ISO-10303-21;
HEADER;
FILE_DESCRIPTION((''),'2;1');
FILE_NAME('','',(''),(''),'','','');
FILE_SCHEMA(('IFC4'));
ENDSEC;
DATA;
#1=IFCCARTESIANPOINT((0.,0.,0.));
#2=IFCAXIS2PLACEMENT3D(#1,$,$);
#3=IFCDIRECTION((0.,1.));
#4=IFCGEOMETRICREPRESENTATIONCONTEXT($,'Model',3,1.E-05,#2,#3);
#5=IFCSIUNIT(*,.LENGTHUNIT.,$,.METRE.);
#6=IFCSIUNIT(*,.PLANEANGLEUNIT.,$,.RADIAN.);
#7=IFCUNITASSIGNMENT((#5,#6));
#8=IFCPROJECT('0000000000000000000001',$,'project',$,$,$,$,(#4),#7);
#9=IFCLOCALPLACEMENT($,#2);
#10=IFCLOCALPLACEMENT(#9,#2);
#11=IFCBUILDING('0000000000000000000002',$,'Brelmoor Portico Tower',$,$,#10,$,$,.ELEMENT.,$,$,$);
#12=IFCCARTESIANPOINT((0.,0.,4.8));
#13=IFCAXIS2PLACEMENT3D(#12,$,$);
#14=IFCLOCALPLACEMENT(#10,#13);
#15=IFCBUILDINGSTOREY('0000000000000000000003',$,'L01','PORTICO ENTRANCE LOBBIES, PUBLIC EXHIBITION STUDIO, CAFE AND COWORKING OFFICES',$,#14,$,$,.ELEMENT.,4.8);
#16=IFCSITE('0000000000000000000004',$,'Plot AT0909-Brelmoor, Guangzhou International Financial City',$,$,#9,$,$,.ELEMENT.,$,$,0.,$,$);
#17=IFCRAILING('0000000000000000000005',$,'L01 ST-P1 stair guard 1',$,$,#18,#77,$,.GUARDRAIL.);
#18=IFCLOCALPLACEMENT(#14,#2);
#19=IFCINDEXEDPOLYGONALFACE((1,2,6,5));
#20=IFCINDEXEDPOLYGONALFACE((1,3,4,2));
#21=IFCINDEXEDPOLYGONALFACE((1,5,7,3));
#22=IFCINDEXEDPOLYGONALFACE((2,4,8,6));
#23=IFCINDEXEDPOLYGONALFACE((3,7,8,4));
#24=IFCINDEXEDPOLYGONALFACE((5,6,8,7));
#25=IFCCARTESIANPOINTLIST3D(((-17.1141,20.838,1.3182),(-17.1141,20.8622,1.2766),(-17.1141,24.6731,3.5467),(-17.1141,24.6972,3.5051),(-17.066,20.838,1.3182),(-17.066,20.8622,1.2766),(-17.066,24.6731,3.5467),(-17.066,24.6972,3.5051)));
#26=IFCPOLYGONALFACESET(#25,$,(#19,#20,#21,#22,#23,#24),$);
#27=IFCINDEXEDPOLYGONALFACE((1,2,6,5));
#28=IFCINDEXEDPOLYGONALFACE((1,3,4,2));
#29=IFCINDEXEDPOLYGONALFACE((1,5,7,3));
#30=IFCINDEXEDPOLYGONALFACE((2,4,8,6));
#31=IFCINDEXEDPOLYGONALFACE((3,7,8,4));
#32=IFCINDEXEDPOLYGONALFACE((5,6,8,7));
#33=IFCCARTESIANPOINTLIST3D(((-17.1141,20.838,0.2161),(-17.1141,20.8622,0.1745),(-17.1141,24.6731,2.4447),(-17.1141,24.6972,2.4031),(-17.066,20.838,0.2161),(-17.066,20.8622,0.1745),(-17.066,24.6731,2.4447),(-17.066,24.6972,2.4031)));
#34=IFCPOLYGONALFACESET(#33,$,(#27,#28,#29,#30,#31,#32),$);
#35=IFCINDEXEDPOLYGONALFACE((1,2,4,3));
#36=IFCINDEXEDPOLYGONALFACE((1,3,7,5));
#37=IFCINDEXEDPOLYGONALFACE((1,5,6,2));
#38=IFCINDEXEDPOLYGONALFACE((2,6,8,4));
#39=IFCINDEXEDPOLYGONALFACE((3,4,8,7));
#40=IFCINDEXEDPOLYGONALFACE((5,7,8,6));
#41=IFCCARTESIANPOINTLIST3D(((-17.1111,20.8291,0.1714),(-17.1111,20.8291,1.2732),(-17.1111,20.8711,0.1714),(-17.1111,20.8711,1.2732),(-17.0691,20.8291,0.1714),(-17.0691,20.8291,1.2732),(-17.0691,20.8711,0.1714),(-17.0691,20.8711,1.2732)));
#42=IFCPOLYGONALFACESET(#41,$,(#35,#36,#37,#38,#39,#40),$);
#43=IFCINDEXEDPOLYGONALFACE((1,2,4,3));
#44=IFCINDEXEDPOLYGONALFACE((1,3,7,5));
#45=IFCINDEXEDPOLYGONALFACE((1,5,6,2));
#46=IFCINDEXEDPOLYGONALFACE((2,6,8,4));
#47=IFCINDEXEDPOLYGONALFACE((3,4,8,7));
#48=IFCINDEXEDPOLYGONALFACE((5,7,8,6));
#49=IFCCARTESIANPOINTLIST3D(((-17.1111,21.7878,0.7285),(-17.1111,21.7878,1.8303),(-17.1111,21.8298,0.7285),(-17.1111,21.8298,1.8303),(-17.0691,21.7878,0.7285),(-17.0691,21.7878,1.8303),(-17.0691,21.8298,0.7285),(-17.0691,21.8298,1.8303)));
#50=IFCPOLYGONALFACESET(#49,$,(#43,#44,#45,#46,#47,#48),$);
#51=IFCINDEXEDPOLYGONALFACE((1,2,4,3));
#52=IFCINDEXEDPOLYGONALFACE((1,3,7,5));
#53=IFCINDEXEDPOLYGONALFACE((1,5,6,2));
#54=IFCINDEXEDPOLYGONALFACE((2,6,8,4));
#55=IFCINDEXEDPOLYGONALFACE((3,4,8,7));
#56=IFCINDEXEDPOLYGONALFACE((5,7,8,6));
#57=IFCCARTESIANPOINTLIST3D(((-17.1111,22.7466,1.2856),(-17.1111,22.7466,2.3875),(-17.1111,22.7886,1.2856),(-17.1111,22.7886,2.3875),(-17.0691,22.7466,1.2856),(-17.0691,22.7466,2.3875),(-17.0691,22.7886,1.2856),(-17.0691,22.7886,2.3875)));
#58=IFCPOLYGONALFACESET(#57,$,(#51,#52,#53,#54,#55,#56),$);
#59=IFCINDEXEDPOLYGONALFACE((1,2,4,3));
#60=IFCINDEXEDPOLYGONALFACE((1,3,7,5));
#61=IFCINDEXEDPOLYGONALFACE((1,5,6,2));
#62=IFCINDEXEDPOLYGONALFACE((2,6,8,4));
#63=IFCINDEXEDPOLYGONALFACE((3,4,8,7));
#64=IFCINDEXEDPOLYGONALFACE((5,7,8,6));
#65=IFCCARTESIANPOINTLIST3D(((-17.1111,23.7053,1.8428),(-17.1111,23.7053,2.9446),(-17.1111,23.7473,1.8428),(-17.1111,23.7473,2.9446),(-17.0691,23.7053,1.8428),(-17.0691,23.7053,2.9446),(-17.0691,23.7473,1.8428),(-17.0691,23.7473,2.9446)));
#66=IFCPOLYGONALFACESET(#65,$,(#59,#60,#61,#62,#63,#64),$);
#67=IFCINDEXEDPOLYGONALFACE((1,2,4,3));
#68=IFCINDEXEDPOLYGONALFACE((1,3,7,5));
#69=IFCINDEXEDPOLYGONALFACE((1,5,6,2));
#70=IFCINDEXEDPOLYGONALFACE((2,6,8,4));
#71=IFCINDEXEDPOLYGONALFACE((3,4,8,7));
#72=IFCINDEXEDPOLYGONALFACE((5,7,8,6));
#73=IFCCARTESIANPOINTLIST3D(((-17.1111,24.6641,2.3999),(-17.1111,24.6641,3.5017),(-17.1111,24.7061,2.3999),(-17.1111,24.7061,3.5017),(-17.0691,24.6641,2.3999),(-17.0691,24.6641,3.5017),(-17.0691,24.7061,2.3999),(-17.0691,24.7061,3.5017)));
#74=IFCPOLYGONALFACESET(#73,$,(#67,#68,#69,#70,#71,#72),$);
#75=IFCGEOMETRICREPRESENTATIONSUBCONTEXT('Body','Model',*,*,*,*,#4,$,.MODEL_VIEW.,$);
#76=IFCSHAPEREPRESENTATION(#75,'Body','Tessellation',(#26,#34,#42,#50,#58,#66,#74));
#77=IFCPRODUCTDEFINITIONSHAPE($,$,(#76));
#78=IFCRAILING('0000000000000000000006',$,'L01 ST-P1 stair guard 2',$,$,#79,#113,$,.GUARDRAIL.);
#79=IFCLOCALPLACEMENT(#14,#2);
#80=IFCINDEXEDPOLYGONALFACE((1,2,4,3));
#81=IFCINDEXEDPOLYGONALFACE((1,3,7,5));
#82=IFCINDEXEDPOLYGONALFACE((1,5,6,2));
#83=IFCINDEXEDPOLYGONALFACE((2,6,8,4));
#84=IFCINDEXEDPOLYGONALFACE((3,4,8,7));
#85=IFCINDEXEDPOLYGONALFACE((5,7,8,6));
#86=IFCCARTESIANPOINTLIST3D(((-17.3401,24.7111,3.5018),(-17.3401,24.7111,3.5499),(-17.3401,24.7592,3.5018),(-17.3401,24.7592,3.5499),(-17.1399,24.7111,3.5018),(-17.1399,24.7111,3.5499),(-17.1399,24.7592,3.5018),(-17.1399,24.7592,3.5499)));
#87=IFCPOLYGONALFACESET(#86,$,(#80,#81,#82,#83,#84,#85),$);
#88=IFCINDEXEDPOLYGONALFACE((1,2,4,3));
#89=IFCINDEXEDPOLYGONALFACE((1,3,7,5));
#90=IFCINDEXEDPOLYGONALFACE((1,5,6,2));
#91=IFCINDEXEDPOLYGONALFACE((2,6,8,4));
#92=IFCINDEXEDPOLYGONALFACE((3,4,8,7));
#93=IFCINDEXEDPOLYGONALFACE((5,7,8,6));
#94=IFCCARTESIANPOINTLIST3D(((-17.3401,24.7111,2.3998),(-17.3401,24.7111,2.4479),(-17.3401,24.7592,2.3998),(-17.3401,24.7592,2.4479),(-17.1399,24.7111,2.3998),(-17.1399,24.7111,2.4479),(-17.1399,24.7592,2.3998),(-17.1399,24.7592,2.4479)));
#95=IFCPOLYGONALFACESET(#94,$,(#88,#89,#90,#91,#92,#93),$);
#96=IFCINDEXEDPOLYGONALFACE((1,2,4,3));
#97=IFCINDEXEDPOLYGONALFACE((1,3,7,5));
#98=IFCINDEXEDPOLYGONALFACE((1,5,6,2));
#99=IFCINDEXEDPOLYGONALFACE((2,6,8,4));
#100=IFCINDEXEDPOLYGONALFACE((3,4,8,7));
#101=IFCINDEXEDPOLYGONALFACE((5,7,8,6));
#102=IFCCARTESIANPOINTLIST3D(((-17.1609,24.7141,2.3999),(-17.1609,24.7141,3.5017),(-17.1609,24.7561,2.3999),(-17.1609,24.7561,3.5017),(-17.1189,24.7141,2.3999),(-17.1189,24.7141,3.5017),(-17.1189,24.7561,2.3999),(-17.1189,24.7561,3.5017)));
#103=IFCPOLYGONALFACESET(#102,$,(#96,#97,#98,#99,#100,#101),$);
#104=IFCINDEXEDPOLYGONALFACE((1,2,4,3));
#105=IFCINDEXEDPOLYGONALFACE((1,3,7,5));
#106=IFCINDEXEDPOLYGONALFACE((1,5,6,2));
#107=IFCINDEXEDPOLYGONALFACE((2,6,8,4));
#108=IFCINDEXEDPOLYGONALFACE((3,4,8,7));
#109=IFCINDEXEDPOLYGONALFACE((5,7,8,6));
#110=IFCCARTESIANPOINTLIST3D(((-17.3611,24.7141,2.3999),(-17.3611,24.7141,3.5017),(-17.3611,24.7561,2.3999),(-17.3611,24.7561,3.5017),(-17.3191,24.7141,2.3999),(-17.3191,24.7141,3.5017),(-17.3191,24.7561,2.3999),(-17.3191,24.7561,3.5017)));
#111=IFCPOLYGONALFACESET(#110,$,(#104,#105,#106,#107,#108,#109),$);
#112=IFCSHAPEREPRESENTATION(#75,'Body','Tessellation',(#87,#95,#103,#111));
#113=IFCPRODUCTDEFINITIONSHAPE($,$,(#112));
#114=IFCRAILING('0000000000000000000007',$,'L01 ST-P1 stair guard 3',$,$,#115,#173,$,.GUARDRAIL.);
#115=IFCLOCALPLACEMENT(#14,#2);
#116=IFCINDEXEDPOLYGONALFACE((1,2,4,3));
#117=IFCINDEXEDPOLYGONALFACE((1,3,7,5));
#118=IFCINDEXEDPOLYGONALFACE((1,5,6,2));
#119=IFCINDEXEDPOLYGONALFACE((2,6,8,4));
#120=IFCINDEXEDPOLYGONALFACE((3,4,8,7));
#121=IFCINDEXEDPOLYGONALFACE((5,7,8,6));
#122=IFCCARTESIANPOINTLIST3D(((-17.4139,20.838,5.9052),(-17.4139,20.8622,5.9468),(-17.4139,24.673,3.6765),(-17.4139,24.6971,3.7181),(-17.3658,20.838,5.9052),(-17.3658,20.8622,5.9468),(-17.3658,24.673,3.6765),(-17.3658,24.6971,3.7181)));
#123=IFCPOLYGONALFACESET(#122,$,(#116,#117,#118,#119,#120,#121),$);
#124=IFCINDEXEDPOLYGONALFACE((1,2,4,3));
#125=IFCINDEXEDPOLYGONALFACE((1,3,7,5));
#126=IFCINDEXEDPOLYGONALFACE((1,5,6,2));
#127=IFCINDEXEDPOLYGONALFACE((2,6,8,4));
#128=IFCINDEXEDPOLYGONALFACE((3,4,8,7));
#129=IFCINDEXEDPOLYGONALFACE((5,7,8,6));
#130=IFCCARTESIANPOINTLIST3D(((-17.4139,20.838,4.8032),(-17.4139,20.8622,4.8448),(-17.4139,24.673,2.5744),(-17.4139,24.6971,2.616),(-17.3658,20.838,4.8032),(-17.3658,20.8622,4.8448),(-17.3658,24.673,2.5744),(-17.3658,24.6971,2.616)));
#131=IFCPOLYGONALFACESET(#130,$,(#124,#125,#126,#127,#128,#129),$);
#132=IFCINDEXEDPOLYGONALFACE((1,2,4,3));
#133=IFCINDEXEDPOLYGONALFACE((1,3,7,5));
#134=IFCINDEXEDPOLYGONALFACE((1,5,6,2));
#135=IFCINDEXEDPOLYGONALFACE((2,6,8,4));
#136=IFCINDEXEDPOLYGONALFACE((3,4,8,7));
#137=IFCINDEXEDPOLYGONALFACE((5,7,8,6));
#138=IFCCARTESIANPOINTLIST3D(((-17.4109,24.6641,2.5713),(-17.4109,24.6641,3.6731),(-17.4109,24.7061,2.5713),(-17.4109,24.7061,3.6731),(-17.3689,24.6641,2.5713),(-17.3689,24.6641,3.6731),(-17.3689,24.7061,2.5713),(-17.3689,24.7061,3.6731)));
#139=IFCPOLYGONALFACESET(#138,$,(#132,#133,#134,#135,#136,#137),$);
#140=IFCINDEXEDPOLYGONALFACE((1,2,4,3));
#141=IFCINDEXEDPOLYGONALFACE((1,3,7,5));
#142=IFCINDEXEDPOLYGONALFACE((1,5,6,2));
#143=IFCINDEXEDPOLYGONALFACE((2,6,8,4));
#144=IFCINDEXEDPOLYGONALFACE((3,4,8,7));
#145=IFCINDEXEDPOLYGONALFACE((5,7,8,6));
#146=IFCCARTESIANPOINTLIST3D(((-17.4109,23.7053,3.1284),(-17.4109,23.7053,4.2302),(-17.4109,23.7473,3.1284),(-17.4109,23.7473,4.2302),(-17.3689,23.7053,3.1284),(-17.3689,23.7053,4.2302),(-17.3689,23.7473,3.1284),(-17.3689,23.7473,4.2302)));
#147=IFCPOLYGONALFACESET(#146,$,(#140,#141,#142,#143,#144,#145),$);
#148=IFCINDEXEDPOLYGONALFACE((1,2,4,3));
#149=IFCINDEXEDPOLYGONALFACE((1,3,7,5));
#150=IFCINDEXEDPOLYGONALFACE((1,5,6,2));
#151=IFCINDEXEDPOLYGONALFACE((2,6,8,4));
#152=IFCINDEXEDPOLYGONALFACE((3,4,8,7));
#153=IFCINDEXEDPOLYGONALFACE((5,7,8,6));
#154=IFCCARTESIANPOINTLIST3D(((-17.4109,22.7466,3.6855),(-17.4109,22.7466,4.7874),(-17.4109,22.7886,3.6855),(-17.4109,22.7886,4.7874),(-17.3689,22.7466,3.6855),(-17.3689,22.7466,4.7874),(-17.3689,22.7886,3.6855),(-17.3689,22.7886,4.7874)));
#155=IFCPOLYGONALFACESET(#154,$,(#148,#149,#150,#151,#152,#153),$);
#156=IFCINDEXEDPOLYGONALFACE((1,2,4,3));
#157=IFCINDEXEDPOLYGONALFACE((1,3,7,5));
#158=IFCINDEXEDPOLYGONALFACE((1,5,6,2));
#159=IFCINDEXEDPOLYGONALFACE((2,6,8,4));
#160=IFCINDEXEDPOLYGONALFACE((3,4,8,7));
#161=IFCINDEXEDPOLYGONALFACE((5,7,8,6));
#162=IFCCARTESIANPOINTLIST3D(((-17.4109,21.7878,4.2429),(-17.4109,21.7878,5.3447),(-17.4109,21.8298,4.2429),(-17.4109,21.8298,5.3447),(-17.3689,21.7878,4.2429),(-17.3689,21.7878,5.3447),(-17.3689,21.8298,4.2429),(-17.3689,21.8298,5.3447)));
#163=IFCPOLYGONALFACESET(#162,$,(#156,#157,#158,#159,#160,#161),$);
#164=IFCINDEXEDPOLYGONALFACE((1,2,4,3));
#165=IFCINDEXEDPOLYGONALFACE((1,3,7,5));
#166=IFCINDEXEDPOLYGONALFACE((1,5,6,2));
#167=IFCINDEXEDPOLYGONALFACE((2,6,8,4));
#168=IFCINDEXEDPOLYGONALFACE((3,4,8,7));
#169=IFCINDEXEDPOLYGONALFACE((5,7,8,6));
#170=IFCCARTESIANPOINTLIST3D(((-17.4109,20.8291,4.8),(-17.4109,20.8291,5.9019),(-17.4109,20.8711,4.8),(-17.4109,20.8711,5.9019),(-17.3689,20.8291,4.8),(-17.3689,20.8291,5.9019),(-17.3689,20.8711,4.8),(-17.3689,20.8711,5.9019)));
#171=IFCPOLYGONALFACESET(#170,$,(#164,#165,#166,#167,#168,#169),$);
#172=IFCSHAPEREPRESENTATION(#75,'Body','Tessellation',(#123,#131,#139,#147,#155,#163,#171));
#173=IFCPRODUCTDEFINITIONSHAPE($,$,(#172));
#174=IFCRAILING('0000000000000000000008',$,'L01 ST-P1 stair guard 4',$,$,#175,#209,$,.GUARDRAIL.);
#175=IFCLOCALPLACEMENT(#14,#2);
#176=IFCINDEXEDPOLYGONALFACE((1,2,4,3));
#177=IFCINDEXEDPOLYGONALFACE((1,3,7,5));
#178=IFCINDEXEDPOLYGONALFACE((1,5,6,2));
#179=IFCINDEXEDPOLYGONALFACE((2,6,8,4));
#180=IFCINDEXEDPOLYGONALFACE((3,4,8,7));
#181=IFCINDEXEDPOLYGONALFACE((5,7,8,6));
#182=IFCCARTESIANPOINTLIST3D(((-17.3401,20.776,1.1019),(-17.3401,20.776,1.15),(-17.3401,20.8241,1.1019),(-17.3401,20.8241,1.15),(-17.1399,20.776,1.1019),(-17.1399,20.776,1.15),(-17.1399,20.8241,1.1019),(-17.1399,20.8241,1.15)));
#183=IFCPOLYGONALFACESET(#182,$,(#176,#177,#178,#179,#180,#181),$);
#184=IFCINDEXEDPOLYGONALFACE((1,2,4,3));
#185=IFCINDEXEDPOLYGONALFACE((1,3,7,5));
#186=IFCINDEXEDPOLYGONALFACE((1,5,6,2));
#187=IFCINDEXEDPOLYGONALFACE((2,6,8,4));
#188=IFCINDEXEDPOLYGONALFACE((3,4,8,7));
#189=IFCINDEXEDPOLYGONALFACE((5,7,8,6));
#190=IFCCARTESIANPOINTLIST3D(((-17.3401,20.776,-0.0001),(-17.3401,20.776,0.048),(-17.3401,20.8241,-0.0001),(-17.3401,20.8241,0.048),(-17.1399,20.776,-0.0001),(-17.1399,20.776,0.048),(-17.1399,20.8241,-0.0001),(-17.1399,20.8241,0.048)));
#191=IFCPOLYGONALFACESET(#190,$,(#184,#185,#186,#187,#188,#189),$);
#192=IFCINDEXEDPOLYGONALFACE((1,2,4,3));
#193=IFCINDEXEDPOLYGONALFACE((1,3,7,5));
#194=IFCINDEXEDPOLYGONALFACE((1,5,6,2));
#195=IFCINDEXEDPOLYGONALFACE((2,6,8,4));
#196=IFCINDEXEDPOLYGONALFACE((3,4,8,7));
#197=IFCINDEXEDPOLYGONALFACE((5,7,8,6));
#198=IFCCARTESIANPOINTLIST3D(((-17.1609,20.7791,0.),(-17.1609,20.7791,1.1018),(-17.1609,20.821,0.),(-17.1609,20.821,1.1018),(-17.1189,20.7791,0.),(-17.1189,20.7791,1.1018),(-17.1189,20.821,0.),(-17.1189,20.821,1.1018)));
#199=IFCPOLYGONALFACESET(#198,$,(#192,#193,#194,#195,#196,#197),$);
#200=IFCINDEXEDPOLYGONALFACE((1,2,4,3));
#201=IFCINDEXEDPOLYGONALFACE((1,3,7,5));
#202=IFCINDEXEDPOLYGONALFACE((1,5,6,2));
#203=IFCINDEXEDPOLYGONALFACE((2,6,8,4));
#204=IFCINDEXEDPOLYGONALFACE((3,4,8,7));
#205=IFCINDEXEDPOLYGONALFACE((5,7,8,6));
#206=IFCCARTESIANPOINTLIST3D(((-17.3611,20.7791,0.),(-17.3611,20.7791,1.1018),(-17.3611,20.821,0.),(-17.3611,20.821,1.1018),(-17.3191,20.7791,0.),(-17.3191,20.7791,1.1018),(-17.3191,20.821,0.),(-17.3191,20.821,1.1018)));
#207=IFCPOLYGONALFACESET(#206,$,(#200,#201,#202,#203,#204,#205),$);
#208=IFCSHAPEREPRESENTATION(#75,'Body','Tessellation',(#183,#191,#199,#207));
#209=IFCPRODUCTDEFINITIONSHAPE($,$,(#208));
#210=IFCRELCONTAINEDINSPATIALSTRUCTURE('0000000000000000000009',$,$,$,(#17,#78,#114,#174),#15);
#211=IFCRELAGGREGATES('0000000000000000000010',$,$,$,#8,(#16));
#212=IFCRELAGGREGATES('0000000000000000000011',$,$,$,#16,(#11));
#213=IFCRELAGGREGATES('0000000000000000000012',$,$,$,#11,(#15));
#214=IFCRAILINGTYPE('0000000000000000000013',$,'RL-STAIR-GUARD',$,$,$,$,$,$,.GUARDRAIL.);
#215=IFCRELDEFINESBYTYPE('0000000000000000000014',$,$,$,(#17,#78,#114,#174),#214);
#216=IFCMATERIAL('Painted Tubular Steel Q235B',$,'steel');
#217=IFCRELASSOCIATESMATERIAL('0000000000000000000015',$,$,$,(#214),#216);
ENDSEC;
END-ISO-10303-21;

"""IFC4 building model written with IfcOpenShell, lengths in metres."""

from ifc_helpers import new_model, si_unit, direction, frame, origin, origin_2d, place, context, subcontext, project, spatial, rectangle, extrude, material, type_object, element, save


model = new_model("IFC4")

# Units and contexts
model_context = context("Model", 3, precision=1e-05, world=origin(), true_north=direction((0.0, 1.0)))
body_context = subcontext(model_context, "Body", "Model", "MODEL_VIEW")
ifc_project = project(units=[si_unit("LENGTHUNIT", "METRE"), si_unit("PLANEANGLEUNIT", "RADIAN")], contexts=[model_context])

# Site, building, storey
site_placement = place(None, origin())
site = spatial("IfcSite", under=ifc_project, at=site_placement, Name="Plot AT0909-Brelmoor, Guangzhou International Financial City", CompositionType="ELEMENT", RefElevation=0.0)
building_placement = place(site_placement, origin())
building = spatial("IfcBuilding", under=site, at=building_placement, Name="Brelmoor Portico Tower", CompositionType="ELEMENT")
storey_placement = place(building_placement, frame((0.0, 0.0, 4.8)))
storey = spatial("IfcBuildingStorey", under=building, at=storey_placement, Name="L01", Description="PORTICO ENTRANCE LOBBIES, PUBLIC EXHIBITION STUDIO, CAFE AND COWORKING OFFICES", CompositionType="ELEMENT", Elevation=4.8)

# Railings
ifc_material_1 = material(Name="Painted Tubular Steel Q235B", Category="steel")
railing_type_1 = type_object("IfcRailingType", Name="RL-STAIR-GUARD", PredefinedType="GUARDRAIL", material=ifc_material_1)
railing_1_placement = place(storey_placement, frame((-17.0901, 20.8501, 0.1714)))
element("IfcRailing", 1, at=railing_1_placement, inside=storey, type_object=railing_type_1, Name="L01 ST-P1 stair guard 1", PredefinedType="GUARDRAIL", context=body_context, shape_type="SweptSolid", body=[
    extrude(rectangle(XDim=0.0481, YDim=0.0481, at=origin_2d()), frame((0.0, 0.0, 1.126), z_axis=(0.0, 0.864616, 0.502433), x_axis=(-1.0, 0.0, 0.0)), (0.0, 0.0, 1.0), 4.4355),
    extrude(rectangle(XDim=0.0481, YDim=0.0481, at=origin_2d()), frame((0.0, 0.0, 0.0239), z_axis=(0.0, 0.864616, 0.502433), x_axis=(-1.0, 0.0, 0.0)), (0.0, 0.0, 1.0), 4.4355),
    extrude(rectangle(XDim=0.042, YDim=0.042, at=origin_2d()), origin(), (0.0, 0.0, 1.0), 1.1018),
    extrude(rectangle(XDim=0.042, YDim=0.042, at=origin_2d()), frame((0.0, 0.9587, 0.5571)), (0.0, 0.0, 1.0), 1.1018),
    extrude(rectangle(XDim=0.042, YDim=0.042, at=origin_2d()), frame((0.0, 1.9175, 1.1143)), (0.0, 0.0, 1.0), 1.1018),
    extrude(rectangle(XDim=0.042, YDim=0.042, at=origin_2d()), frame((0.0, 2.8762, 1.6714)), (0.0, 0.0, 1.0), 1.1018),
    extrude(rectangle(XDim=0.042, YDim=0.042, at=origin_2d()), frame((0.0, 3.835, 2.2285)), (0.0, 0.0, 1.0), 1.1018),
])
railing_2_placement = place(storey_placement, frame((-17.1399, 24.7351, 2.3999)))
element("IfcRailing", 2, at=railing_2_placement, inside=storey, type_object=railing_type_1, Name="L01 ST-P1 stair guard 2", PredefinedType="GUARDRAIL", context=body_context, shape_type="SweptSolid", body=[
    extrude(rectangle(XDim=0.0481, YDim=0.0481, at=origin_2d()), frame((0.0, 0.0, 1.126), z_axis=(-1.0, 0.0, 0.0), x_axis=(0.0, -1.0, 0.0)), (0.0, 0.0, 1.0), 0.2002),
    extrude(rectangle(XDim=0.0481, YDim=0.0481, at=origin_2d()), frame((0.0, 0.0, 0.0239), z_axis=(-1.0, 0.0, 0.0), x_axis=(0.0, -1.0, 0.0)), (0.0, 0.0, 1.0), 0.2002),
    extrude(rectangle(XDim=0.042, YDim=0.042, at=origin_2d()), origin(), (0.0, 0.0, 1.0), 1.1018),
    extrude(rectangle(XDim=0.042, YDim=0.042, at=origin_2d()), frame((-0.2002, 0.0, 0.0)), (0.0, 0.0, 1.0), 1.1018),
])
railing_3_placement = place(storey_placement, frame((-17.3899, 24.6851, 2.5713)))
element("IfcRailing", 3, at=railing_3_placement, inside=storey, type_object=railing_type_1, Name="L01 ST-P1 stair guard 3", PredefinedType="GUARDRAIL", context=body_context, shape_type="SweptSolid", body=[
    extrude(rectangle(XDim=0.0481, YDim=0.0481, at=origin_2d()), frame((0.0, 0.0, 1.126), z_axis=(0.0, -0.864592, 0.502474), x_axis=(1.0, 0.0, 0.0)), (0.0, 0.0, 1.0), 4.4355),
    extrude(rectangle(XDim=0.0481, YDim=0.0481, at=origin_2d()), frame((0.0, 0.0, 0.0239), z_axis=(0.0, -0.864592, 0.502474), x_axis=(1.0, 0.0, 0.0)), (0.0, 0.0, 1.0), 4.4355),
    extrude(rectangle(XDim=0.042, YDim=0.042, at=origin_2d()), origin(), (0.0, 0.0, 1.0), 1.1018),
    extrude(rectangle(XDim=0.042, YDim=0.042, at=origin_2d()), frame((0.0, -0.9587, 0.5571)), (0.0, 0.0, 1.0), 1.1018),
    extrude(rectangle(XDim=0.042, YDim=0.042, at=origin_2d()), frame((0.0, -1.9175, 1.1143)), (0.0, 0.0, 1.0), 1.1018),
    extrude(rectangle(XDim=0.042, YDim=0.042, at=origin_2d()), frame((0.0, -2.8762, 1.6716)), (0.0, 0.0, 1.0), 1.1018),
    extrude(rectangle(XDim=0.042, YDim=0.042, at=origin_2d()), frame((0.0, -3.835, 2.2288)), (0.0, 0.0, 1.0), 1.1018),
])
railing_4_placement = place(storey_placement, frame((-17.1399, 20.8, 0.0)))
element("IfcRailing", 4, at=railing_4_placement, inside=storey, type_object=railing_type_1, Name="L01 ST-P1 stair guard 4", PredefinedType="GUARDRAIL", context=body_context, shape_type="SweptSolid", body=[
    extrude(rectangle(XDim=0.0481, YDim=0.0481, at=origin_2d()), frame((0.0, 0.0, 1.126), z_axis=(-1.0, 0.0, 0.0), x_axis=(0.0, -1.0, 0.0)), (0.0, 0.0, 1.0), 0.2002),
    extrude(rectangle(XDim=0.0481, YDim=0.0481, at=origin_2d()), frame((0.0, 0.0, 0.0239), z_axis=(-1.0, 0.0, 0.0), x_axis=(0.0, -1.0, 0.0)), (0.0, 0.0, 1.0), 0.2002),
    extrude(rectangle(XDim=0.042, YDim=0.042, at=origin_2d()), origin(), (0.0, 0.0, 1.0), 1.1018),
    extrude(rectangle(XDim=0.042, YDim=0.042, at=origin_2d()), frame((-0.2002, 0.0, 0.0)), (0.0, 0.0, 1.0), 1.1018),
])

save(model, "model.ifc")
